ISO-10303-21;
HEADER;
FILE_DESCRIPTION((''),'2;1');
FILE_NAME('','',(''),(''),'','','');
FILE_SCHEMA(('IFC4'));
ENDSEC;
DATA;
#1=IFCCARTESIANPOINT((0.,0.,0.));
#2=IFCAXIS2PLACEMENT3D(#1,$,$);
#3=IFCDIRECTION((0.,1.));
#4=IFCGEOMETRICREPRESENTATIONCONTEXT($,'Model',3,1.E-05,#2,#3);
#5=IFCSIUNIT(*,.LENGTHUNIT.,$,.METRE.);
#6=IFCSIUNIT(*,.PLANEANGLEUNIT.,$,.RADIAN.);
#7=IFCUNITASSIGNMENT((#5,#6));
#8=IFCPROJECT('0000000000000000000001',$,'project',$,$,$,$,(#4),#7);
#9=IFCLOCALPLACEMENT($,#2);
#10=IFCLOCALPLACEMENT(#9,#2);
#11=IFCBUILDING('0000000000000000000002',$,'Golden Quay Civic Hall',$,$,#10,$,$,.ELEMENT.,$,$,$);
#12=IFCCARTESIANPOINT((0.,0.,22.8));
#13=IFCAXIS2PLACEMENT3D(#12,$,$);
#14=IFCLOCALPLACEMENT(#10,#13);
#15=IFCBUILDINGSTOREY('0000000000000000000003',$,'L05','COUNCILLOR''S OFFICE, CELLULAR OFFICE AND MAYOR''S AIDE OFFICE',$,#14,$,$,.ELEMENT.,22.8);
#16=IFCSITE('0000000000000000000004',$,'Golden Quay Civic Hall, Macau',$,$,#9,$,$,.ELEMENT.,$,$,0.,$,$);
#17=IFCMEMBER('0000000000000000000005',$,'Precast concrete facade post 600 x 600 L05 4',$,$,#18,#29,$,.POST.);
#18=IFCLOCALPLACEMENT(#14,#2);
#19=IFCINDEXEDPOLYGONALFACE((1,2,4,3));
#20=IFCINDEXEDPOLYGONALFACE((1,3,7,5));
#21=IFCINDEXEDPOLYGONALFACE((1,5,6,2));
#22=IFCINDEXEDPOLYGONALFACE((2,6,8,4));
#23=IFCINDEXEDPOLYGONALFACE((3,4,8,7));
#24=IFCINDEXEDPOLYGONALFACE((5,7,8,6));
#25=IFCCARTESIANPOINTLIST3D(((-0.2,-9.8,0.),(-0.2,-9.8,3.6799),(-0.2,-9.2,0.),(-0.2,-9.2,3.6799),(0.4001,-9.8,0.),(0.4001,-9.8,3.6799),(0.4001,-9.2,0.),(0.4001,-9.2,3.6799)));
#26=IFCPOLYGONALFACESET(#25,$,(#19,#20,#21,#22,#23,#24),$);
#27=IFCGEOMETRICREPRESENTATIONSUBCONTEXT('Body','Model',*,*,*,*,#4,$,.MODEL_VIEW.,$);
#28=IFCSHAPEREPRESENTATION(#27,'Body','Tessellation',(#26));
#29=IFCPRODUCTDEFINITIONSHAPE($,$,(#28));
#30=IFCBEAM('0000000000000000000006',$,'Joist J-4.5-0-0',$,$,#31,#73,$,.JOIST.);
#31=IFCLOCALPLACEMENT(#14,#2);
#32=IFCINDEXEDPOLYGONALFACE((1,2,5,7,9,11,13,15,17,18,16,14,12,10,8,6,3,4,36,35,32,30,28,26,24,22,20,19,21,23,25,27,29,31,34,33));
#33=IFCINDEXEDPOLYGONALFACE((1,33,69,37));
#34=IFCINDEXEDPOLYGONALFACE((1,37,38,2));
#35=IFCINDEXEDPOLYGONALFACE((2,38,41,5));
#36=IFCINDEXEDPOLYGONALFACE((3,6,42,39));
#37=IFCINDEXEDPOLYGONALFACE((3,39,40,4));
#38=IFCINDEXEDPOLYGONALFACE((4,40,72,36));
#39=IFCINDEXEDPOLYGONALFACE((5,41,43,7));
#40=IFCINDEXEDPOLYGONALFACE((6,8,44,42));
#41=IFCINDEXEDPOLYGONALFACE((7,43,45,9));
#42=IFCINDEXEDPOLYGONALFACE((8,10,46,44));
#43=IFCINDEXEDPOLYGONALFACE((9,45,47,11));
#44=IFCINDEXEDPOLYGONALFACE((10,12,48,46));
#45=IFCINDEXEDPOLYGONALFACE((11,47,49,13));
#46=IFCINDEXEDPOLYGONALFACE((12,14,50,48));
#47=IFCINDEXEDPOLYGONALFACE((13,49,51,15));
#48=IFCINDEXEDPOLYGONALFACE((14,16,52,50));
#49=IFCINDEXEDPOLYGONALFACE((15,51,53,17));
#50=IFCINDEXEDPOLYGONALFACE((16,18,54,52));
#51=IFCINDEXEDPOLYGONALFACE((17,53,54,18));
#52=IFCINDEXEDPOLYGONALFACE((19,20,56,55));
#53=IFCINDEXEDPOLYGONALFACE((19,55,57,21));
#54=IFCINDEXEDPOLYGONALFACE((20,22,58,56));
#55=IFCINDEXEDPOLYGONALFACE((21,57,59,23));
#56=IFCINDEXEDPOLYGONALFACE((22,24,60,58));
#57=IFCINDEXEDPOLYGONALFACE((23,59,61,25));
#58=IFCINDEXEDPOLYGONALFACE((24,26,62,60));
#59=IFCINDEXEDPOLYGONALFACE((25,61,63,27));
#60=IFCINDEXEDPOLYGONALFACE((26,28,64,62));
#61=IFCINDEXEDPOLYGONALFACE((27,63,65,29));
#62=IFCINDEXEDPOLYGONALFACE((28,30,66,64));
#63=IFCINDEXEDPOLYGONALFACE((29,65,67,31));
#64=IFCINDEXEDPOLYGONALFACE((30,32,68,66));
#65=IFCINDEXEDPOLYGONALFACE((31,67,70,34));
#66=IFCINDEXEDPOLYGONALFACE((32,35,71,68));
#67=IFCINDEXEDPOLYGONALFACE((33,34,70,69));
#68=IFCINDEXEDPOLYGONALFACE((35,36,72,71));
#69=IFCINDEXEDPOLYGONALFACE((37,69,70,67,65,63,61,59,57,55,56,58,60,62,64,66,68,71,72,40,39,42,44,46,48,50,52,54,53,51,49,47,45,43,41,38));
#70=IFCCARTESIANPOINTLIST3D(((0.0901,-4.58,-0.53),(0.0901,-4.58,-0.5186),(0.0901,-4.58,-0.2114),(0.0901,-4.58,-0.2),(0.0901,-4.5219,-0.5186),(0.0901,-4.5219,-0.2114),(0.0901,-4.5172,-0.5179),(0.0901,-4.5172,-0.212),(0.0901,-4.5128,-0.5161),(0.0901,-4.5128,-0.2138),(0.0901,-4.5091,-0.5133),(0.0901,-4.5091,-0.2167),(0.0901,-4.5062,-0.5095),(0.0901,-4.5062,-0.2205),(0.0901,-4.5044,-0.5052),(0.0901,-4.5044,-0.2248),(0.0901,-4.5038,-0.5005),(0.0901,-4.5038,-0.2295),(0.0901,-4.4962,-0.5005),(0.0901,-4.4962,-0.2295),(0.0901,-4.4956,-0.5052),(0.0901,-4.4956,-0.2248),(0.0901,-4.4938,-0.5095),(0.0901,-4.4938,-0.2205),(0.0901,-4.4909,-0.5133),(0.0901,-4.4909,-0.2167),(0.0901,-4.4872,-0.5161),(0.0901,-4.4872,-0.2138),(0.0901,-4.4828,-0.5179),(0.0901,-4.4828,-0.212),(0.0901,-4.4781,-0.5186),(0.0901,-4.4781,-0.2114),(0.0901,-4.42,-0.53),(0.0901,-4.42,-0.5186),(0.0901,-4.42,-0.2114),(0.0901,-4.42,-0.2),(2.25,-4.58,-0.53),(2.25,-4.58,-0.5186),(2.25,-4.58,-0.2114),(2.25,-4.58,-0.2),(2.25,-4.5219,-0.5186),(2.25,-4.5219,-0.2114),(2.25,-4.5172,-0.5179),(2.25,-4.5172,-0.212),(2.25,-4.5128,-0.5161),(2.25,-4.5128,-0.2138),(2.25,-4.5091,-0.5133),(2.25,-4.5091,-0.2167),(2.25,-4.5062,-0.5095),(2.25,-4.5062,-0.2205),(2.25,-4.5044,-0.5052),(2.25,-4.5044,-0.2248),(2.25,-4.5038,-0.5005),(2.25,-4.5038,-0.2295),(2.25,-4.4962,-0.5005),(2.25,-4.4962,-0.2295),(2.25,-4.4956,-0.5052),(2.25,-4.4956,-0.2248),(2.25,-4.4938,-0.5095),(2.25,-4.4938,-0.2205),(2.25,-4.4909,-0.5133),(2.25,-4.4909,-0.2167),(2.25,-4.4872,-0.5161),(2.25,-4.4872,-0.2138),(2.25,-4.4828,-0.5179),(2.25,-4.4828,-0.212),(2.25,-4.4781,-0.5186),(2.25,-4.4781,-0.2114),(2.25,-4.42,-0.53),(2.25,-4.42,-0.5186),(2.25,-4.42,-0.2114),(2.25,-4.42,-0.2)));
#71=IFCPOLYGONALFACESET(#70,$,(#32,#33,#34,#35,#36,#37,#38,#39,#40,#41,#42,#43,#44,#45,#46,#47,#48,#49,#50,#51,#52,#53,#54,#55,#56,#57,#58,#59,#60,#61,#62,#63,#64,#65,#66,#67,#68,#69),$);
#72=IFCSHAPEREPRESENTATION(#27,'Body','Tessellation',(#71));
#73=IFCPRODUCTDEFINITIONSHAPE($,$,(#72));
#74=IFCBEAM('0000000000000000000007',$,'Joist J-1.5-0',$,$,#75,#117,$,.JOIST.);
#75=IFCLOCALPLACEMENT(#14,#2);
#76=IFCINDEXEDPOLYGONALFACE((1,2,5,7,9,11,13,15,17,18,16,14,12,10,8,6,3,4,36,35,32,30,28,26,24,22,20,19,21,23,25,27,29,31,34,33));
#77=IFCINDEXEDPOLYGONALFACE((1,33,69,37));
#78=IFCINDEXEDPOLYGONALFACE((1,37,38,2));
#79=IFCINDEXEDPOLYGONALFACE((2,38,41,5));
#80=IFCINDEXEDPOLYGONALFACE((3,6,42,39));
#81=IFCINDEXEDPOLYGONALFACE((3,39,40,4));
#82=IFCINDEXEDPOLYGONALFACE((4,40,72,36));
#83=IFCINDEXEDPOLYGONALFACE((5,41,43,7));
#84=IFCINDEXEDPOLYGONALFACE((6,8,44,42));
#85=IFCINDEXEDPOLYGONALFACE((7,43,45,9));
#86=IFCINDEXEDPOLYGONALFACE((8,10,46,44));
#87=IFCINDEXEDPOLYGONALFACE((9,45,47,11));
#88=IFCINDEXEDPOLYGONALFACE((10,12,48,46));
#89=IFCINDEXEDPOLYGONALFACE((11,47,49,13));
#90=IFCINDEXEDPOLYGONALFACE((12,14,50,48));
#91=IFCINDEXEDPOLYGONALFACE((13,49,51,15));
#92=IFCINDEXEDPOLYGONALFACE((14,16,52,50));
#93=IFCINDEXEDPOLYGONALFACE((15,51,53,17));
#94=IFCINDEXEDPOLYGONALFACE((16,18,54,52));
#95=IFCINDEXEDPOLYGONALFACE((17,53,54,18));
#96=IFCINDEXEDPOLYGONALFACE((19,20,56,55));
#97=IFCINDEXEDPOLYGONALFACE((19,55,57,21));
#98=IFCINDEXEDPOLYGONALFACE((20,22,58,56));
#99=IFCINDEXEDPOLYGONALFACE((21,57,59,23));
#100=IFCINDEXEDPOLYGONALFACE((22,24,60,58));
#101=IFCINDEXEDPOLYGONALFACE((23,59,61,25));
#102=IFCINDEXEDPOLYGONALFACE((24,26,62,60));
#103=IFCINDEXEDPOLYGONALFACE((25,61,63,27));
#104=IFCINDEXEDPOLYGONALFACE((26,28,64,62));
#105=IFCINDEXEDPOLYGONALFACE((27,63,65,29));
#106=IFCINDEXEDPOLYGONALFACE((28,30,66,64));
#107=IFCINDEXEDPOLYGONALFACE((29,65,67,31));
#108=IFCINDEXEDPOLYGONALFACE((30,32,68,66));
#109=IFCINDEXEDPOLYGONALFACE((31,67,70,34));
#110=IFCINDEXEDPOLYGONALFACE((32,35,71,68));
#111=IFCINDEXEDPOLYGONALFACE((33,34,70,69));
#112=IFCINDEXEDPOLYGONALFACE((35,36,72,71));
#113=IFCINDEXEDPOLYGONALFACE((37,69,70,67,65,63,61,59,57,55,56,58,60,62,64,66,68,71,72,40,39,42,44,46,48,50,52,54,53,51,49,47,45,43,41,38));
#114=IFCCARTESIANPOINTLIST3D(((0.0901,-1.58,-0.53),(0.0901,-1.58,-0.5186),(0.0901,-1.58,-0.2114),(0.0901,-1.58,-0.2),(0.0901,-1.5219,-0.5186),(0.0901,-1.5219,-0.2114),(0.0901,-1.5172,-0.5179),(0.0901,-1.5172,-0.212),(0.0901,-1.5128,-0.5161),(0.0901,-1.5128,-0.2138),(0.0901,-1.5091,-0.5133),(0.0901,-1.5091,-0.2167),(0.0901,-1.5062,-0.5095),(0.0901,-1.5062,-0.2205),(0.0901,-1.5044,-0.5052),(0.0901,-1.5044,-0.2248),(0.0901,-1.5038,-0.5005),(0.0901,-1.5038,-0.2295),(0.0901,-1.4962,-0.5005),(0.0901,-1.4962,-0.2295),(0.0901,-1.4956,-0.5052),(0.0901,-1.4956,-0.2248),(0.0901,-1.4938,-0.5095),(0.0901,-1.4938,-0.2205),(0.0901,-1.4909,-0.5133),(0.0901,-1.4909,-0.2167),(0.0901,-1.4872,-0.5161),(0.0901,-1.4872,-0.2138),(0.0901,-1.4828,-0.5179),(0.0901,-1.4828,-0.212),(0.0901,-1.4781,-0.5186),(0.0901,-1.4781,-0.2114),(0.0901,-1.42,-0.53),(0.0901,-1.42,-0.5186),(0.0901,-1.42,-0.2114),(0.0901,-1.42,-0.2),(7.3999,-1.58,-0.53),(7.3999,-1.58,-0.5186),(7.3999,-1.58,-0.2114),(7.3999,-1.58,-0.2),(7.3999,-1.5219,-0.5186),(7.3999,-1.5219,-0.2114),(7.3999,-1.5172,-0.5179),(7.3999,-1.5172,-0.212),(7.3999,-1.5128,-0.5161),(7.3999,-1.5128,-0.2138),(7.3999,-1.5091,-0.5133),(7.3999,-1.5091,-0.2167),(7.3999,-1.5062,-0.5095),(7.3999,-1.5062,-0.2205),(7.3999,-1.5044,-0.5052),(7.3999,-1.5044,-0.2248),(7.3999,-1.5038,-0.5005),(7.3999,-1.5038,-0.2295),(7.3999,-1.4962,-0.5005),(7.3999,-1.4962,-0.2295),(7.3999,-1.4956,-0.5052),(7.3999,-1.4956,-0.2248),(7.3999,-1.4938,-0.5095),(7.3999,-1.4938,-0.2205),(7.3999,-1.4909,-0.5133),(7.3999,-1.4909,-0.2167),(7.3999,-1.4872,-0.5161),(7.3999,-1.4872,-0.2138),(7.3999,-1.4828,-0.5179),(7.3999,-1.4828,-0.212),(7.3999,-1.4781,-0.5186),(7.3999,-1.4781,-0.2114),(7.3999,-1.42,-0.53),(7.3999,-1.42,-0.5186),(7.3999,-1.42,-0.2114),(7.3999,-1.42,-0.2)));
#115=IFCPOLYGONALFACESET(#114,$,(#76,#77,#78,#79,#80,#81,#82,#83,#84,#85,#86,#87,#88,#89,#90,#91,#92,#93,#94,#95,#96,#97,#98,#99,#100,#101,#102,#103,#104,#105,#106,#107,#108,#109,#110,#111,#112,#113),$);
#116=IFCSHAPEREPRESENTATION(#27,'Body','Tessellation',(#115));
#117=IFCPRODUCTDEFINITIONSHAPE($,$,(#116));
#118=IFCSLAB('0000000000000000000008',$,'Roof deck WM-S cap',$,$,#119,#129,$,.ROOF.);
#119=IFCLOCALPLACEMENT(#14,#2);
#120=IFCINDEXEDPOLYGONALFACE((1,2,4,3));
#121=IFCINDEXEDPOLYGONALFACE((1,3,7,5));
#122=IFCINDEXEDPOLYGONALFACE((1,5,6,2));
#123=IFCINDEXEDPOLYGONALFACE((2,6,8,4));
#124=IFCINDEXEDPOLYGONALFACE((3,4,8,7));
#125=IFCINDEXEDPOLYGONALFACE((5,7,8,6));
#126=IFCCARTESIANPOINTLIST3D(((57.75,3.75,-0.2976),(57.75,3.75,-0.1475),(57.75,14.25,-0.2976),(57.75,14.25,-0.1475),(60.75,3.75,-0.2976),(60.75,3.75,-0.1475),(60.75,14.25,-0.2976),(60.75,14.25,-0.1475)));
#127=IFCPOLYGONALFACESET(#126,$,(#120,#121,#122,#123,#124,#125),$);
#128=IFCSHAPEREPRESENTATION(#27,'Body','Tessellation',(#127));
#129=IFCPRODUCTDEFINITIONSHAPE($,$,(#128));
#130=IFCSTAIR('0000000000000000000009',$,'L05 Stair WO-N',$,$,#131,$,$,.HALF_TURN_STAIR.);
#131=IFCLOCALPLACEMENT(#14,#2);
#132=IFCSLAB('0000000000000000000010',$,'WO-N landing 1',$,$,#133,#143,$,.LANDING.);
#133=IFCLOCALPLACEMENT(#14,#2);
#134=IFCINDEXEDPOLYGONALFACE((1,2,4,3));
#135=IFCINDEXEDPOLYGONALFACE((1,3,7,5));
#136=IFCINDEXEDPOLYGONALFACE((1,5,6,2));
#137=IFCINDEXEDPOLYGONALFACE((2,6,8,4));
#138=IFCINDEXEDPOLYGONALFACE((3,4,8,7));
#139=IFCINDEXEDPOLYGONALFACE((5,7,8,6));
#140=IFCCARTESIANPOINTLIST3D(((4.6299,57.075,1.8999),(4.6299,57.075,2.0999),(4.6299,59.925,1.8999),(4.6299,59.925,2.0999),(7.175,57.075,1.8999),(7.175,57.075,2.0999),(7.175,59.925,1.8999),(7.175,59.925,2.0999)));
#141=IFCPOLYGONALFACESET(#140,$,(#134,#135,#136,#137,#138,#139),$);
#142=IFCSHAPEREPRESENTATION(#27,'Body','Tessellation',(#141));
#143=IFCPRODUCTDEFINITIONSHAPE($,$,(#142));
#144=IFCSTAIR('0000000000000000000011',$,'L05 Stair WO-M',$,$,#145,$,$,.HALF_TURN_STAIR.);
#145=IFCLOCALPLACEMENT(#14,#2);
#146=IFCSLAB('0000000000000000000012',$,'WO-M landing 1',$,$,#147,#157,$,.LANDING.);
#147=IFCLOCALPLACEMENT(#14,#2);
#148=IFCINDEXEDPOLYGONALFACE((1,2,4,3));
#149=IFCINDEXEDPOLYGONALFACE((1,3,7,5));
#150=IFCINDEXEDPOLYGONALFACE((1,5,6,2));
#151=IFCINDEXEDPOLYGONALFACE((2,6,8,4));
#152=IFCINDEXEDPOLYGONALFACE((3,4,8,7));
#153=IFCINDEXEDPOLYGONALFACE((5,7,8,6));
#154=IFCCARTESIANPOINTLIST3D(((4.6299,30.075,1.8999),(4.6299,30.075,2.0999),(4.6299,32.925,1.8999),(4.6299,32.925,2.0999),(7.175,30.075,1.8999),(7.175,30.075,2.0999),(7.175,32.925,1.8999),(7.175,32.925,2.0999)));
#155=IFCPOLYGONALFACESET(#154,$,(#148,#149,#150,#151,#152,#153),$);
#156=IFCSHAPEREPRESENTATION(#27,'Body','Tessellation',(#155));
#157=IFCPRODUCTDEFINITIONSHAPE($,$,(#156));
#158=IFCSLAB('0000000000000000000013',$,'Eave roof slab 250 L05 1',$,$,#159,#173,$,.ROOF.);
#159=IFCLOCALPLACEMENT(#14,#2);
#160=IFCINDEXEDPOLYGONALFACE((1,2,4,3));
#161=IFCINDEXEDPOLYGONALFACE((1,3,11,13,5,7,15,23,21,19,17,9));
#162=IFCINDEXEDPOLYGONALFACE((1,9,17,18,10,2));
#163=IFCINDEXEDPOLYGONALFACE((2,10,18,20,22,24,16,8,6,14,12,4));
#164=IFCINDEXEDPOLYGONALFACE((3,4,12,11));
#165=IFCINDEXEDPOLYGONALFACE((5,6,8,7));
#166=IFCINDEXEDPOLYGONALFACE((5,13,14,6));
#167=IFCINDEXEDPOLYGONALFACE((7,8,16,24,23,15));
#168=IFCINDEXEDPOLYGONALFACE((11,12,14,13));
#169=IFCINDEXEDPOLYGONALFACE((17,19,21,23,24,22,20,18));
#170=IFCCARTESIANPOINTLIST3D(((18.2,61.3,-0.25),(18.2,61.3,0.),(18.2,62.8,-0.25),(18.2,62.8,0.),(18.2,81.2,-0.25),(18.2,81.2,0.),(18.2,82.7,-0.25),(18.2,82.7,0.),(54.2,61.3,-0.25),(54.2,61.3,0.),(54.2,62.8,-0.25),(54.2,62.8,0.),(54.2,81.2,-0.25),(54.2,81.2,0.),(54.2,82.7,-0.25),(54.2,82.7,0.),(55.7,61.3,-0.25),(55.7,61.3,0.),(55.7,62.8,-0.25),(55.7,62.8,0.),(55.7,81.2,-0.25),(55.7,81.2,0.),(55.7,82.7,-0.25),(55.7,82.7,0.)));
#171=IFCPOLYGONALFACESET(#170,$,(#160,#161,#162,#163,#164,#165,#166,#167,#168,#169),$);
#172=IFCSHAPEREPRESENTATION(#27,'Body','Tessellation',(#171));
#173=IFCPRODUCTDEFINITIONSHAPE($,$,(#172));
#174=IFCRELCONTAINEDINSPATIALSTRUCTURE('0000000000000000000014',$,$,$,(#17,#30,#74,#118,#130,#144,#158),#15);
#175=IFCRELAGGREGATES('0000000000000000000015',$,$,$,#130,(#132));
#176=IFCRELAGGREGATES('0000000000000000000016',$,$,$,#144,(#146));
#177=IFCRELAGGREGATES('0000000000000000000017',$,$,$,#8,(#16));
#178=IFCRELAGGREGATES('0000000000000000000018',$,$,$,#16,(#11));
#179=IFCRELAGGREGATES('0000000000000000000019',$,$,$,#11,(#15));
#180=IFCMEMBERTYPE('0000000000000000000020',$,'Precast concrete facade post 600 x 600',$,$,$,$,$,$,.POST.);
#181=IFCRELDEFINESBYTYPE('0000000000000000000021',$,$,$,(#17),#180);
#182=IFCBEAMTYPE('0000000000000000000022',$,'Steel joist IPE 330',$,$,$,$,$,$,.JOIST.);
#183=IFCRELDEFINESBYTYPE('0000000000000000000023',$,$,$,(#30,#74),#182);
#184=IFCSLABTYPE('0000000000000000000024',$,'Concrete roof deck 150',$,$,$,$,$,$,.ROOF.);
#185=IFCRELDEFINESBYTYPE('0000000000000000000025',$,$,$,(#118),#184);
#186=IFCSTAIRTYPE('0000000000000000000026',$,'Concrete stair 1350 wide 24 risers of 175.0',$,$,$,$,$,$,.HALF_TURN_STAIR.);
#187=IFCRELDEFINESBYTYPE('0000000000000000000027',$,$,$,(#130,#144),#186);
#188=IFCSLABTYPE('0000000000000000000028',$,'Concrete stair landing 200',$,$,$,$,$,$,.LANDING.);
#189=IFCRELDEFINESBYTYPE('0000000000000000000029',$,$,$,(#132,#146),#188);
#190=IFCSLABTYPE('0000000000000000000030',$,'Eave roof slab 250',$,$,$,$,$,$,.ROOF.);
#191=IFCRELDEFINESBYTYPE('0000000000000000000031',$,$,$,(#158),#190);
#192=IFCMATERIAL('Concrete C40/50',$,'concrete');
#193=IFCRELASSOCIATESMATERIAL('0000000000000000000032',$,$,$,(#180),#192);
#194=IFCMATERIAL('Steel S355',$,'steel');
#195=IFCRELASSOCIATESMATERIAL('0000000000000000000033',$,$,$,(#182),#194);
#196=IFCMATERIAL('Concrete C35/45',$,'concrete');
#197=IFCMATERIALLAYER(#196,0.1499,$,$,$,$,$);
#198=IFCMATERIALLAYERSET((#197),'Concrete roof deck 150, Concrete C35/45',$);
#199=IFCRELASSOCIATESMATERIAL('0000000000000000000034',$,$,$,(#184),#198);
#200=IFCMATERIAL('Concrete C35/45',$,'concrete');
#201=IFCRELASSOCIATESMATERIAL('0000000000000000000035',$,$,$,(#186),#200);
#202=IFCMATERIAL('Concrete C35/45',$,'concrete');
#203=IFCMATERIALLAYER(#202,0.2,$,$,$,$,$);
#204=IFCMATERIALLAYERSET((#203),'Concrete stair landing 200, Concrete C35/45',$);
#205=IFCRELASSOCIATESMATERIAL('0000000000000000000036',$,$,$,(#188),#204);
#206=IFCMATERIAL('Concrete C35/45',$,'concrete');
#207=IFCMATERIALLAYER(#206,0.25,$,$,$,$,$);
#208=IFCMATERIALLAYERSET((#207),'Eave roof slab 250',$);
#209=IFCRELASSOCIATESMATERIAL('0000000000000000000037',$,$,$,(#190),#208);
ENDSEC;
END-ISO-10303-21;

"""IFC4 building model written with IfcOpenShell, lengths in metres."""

from ifc_helpers import new_model, si_unit, direction, frame, origin, origin_2d, place, context, subcontext, project, spatial, polyline, rectangle, i_section, outline, extrude, material, layer, layer_set, material_profile, profile_set, type_object, element, aggregate, save


model = new_model("IFC4")

# Units and contexts
model_context = context("Model", 3, precision=1e-05, world=origin(), true_north=direction((0.0, 1.0)))
body_context = subcontext(model_context, "Body", "Model", "MODEL_VIEW")
ifc_project = project(units=[si_unit("LENGTHUNIT", "METRE"), si_unit("PLANEANGLEUNIT", "RADIAN")], contexts=[model_context])

# Site, building, storey
site_placement = place(None, origin())
site = spatial("IfcSite", under=ifc_project, at=site_placement, Name="Golden Quay Civic Hall, Macau", CompositionType="ELEMENT", RefElevation=0.0)
building_placement = place(site_placement, origin())
building = spatial("IfcBuilding", under=site, at=building_placement, Name="Golden Quay Civic Hall", CompositionType="ELEMENT")
storey_placement = place(building_placement, frame((0.0, 0.0, 22.8)))
storey = spatial("IfcBuildingStorey", under=building, at=storey_placement, Name="L05", Description="COUNCILLOR'S OFFICE, CELLULAR OFFICE AND MAYOR'S AIDE OFFICE", CompositionType="ELEMENT", Elevation=22.8)

# Member
ifc_material_1 = material(Name="Concrete C40/50", Category="concrete")
ifc_material_profile_1 = material_profile(ifc_material_1, rectangle(XDim=0.6001, YDim=0.6001, at=origin_2d()), Name="RC 600x600")
ifc_profile_set_1 = profile_set([ifc_material_profile_1], Name="Concrete C40/50")
member_type = type_object("IfcMemberType", Name="Precast concrete facade post 600 x 600", PredefinedType="POST", material=ifc_profile_set_1)
member_placement = place(storey_placement, frame((0.1001, -9.5, 0.0), z_axis=(0.0, 0.0, 1.0), x_axis=(1.0, 0.0, 0.0)))
element("IfcMember", 1, at=member_placement, inside=storey, type_object=member_type, Name="Precast concrete facade post 600 x 600 L05 4", PredefinedType="POST", context=body_context, shape_type="SweptSolid", body=[
    extrude(rectangle(XDim=0.6001, YDim=0.6001, at=origin_2d()), origin(), (0.0, 0.0, 1.0), 3.6799),
])

# Beams
ifc_material_2 = material(Name="Steel S355", Category="steel")
ifc_material_profile_2 = material_profile(ifc_material_2, i_section(OverallWidth=0.1599, OverallDepth=0.3301, WebThickness=0.0076, FlangeThickness=0.0115, FilletRadius=0.0181, at=origin_2d()), Name="IPE 330")
ifc_profile_set_2 = profile_set([ifc_material_profile_2], Name="Steel S355")
beam_type = type_object("IfcBeamType", Name="Steel joist IPE 330", PredefinedType="JOIST", material=ifc_profile_set_2)
beam_1_placement = place(storey_placement, frame((0.0901, -4.5, -0.365), z_axis=(1.0, 0.0, 0.0), x_axis=(0.0, 1.0, 0.0)))
element("IfcBeam", 2, at=beam_1_placement, inside=storey, type_object=beam_type, Name="Joist J-4.5-0-0", PredefinedType="JOIST", context=body_context, shape_type="SweptSolid", body=[
    extrude(i_section(OverallWidth=0.1599, OverallDepth=0.3301, WebThickness=0.0076, FlangeThickness=0.0115, FilletRadius=0.0181, at=origin_2d()), origin(), (0.0, 0.0, 1.0), 2.1599),
])
beam_2_placement = place(storey_placement, frame((0.0901, -1.5, -0.365), z_axis=(1.0, 0.0, 0.0), x_axis=(0.0, 1.0, 0.0)))
element("IfcBeam", 3, at=beam_2_placement, inside=storey, type_object=beam_type, Name="Joist J-1.5-0", PredefinedType="JOIST", context=body_context, shape_type="SweptSolid", body=[
    extrude(i_section(OverallWidth=0.1599, OverallDepth=0.3301, WebThickness=0.0076, FlangeThickness=0.0115, FilletRadius=0.0181, at=origin_2d()), origin(), (0.0, 0.0, 1.0), 7.3098),
])

# Slab
ifc_material_3 = material(Name="Concrete C35/45", Category="concrete")
ifc_layer_1 = layer(ifc_material_3, 0.1499)
ifc_layer_set_1 = layer_set([ifc_layer_1], Name="Concrete roof deck 150, Concrete C35/45")
slab_type_1 = type_object("IfcSlabType", Name="Concrete roof deck 150", PredefinedType="ROOF", material=ifc_layer_set_1)
slab_1_placement = place(storey_placement, frame((0.0, 0.0, -0.2976)))
element("IfcSlab", 4, at=slab_1_placement, inside=storey, type_object=slab_type_1, Name="Roof deck WM-S cap", PredefinedType="ROOF", context=body_context, shape_type="SweptSolid", body=[
    extrude(outline(polyline([(57.75, 3.75), (60.75, 3.75), (60.75, 14.25), (57.75, 14.25), (57.75, 3.75)])), origin(), (0.0, 0.0, 1.0), 0.1501),
])

# Stairs, slabs
ifc_material_4 = material(Name="Concrete C35/45", Category="concrete")
stair_type = type_object("IfcStairType", Name="Concrete stair 1350 wide 24 risers of 175.0", PredefinedType="HALF_TURN_STAIR", material=ifc_material_4)
stair_1_placement = place(storey_placement, origin())
stair_1 = element("IfcStair", 5, at=stair_1_placement, inside=storey, type_object=stair_type, Name="L05 Stair WO-N", PredefinedType="HALF_TURN_STAIR")
ifc_material_5 = material(Name="Concrete C35/45", Category="concrete")
ifc_layer_2 = layer(ifc_material_5, 0.2)
ifc_layer_set_2 = layer_set([ifc_layer_2], Name="Concrete stair landing 200, Concrete C35/45")
slab_type_2 = type_object("IfcSlabType", Name="Concrete stair landing 200", PredefinedType="LANDING", material=ifc_layer_set_2)
slab_2_placement = place(storey_placement, frame((0.0, 0.0, 1.8999)))
slab_2 = element("IfcSlab", 6, at=slab_2_placement, type_object=slab_type_2, Name="WO-N landing 1", PredefinedType="LANDING", context=body_context, shape_type="SweptSolid", body=[
    extrude(outline(polyline([(4.6299, 57.075), (7.175, 57.075), (7.175, 59.925), (4.6299, 59.925), (4.6299, 57.075)])), origin(), (0.0, 0.0, 1.0), 0.2),
])
aggregate(stair_1, [slab_2])
stair_2_placement = place(storey_placement, origin())
stair_2 = element("IfcStair", 7, at=stair_2_placement, inside=storey, type_object=stair_type, Name="L05 Stair WO-M", PredefinedType="HALF_TURN_STAIR")
slab_3_placement = place(storey_placement, frame((0.0, 0.0, 1.8999)))
slab_3 = element("IfcSlab", 8, at=slab_3_placement, type_object=slab_type_2, Name="WO-M landing 1", PredefinedType="LANDING", context=body_context, shape_type="SweptSolid", body=[
    extrude(outline(polyline([(4.6299, 30.075), (7.175, 30.075), (7.175, 32.925), (4.6299, 32.925), (4.6299, 30.075)])), origin(), (0.0, 0.0, 1.0), 0.2),
])
aggregate(stair_2, [slab_3])

# Slab
ifc_material_6 = material(Name="Concrete C35/45", Category="concrete")
ifc_layer_3 = layer(ifc_material_6, 0.25)
ifc_layer_set_3 = layer_set([ifc_layer_3], Name="Eave roof slab 250")
slab_type_3 = type_object("IfcSlabType", Name="Eave roof slab 250", PredefinedType="ROOF", material=ifc_layer_set_3)
slab_4_placement = place(storey_placement, frame((0.0, 0.0, -0.25)))
element("IfcSlab", 9, at=slab_4_placement, inside=storey, type_object=slab_type_3, Name="Eave roof slab 250 L05 1", PredefinedType="ROOF", context=body_context, shape_type="SweptSolid", body=[
    extrude(outline(polyline([(54.2, 81.2), (18.2, 81.2), (18.2, 82.7), (54.2, 82.7), (55.7, 82.7), (55.7, 81.2), (55.7, 62.8), (55.7, 61.3), (54.2, 61.3), (18.2, 61.3), (18.2, 62.8), (54.2, 62.8), (54.2, 81.2)])), origin(), (0.0, 0.0, 1.0), 0.25),
])

save(model, "model.ifc")
